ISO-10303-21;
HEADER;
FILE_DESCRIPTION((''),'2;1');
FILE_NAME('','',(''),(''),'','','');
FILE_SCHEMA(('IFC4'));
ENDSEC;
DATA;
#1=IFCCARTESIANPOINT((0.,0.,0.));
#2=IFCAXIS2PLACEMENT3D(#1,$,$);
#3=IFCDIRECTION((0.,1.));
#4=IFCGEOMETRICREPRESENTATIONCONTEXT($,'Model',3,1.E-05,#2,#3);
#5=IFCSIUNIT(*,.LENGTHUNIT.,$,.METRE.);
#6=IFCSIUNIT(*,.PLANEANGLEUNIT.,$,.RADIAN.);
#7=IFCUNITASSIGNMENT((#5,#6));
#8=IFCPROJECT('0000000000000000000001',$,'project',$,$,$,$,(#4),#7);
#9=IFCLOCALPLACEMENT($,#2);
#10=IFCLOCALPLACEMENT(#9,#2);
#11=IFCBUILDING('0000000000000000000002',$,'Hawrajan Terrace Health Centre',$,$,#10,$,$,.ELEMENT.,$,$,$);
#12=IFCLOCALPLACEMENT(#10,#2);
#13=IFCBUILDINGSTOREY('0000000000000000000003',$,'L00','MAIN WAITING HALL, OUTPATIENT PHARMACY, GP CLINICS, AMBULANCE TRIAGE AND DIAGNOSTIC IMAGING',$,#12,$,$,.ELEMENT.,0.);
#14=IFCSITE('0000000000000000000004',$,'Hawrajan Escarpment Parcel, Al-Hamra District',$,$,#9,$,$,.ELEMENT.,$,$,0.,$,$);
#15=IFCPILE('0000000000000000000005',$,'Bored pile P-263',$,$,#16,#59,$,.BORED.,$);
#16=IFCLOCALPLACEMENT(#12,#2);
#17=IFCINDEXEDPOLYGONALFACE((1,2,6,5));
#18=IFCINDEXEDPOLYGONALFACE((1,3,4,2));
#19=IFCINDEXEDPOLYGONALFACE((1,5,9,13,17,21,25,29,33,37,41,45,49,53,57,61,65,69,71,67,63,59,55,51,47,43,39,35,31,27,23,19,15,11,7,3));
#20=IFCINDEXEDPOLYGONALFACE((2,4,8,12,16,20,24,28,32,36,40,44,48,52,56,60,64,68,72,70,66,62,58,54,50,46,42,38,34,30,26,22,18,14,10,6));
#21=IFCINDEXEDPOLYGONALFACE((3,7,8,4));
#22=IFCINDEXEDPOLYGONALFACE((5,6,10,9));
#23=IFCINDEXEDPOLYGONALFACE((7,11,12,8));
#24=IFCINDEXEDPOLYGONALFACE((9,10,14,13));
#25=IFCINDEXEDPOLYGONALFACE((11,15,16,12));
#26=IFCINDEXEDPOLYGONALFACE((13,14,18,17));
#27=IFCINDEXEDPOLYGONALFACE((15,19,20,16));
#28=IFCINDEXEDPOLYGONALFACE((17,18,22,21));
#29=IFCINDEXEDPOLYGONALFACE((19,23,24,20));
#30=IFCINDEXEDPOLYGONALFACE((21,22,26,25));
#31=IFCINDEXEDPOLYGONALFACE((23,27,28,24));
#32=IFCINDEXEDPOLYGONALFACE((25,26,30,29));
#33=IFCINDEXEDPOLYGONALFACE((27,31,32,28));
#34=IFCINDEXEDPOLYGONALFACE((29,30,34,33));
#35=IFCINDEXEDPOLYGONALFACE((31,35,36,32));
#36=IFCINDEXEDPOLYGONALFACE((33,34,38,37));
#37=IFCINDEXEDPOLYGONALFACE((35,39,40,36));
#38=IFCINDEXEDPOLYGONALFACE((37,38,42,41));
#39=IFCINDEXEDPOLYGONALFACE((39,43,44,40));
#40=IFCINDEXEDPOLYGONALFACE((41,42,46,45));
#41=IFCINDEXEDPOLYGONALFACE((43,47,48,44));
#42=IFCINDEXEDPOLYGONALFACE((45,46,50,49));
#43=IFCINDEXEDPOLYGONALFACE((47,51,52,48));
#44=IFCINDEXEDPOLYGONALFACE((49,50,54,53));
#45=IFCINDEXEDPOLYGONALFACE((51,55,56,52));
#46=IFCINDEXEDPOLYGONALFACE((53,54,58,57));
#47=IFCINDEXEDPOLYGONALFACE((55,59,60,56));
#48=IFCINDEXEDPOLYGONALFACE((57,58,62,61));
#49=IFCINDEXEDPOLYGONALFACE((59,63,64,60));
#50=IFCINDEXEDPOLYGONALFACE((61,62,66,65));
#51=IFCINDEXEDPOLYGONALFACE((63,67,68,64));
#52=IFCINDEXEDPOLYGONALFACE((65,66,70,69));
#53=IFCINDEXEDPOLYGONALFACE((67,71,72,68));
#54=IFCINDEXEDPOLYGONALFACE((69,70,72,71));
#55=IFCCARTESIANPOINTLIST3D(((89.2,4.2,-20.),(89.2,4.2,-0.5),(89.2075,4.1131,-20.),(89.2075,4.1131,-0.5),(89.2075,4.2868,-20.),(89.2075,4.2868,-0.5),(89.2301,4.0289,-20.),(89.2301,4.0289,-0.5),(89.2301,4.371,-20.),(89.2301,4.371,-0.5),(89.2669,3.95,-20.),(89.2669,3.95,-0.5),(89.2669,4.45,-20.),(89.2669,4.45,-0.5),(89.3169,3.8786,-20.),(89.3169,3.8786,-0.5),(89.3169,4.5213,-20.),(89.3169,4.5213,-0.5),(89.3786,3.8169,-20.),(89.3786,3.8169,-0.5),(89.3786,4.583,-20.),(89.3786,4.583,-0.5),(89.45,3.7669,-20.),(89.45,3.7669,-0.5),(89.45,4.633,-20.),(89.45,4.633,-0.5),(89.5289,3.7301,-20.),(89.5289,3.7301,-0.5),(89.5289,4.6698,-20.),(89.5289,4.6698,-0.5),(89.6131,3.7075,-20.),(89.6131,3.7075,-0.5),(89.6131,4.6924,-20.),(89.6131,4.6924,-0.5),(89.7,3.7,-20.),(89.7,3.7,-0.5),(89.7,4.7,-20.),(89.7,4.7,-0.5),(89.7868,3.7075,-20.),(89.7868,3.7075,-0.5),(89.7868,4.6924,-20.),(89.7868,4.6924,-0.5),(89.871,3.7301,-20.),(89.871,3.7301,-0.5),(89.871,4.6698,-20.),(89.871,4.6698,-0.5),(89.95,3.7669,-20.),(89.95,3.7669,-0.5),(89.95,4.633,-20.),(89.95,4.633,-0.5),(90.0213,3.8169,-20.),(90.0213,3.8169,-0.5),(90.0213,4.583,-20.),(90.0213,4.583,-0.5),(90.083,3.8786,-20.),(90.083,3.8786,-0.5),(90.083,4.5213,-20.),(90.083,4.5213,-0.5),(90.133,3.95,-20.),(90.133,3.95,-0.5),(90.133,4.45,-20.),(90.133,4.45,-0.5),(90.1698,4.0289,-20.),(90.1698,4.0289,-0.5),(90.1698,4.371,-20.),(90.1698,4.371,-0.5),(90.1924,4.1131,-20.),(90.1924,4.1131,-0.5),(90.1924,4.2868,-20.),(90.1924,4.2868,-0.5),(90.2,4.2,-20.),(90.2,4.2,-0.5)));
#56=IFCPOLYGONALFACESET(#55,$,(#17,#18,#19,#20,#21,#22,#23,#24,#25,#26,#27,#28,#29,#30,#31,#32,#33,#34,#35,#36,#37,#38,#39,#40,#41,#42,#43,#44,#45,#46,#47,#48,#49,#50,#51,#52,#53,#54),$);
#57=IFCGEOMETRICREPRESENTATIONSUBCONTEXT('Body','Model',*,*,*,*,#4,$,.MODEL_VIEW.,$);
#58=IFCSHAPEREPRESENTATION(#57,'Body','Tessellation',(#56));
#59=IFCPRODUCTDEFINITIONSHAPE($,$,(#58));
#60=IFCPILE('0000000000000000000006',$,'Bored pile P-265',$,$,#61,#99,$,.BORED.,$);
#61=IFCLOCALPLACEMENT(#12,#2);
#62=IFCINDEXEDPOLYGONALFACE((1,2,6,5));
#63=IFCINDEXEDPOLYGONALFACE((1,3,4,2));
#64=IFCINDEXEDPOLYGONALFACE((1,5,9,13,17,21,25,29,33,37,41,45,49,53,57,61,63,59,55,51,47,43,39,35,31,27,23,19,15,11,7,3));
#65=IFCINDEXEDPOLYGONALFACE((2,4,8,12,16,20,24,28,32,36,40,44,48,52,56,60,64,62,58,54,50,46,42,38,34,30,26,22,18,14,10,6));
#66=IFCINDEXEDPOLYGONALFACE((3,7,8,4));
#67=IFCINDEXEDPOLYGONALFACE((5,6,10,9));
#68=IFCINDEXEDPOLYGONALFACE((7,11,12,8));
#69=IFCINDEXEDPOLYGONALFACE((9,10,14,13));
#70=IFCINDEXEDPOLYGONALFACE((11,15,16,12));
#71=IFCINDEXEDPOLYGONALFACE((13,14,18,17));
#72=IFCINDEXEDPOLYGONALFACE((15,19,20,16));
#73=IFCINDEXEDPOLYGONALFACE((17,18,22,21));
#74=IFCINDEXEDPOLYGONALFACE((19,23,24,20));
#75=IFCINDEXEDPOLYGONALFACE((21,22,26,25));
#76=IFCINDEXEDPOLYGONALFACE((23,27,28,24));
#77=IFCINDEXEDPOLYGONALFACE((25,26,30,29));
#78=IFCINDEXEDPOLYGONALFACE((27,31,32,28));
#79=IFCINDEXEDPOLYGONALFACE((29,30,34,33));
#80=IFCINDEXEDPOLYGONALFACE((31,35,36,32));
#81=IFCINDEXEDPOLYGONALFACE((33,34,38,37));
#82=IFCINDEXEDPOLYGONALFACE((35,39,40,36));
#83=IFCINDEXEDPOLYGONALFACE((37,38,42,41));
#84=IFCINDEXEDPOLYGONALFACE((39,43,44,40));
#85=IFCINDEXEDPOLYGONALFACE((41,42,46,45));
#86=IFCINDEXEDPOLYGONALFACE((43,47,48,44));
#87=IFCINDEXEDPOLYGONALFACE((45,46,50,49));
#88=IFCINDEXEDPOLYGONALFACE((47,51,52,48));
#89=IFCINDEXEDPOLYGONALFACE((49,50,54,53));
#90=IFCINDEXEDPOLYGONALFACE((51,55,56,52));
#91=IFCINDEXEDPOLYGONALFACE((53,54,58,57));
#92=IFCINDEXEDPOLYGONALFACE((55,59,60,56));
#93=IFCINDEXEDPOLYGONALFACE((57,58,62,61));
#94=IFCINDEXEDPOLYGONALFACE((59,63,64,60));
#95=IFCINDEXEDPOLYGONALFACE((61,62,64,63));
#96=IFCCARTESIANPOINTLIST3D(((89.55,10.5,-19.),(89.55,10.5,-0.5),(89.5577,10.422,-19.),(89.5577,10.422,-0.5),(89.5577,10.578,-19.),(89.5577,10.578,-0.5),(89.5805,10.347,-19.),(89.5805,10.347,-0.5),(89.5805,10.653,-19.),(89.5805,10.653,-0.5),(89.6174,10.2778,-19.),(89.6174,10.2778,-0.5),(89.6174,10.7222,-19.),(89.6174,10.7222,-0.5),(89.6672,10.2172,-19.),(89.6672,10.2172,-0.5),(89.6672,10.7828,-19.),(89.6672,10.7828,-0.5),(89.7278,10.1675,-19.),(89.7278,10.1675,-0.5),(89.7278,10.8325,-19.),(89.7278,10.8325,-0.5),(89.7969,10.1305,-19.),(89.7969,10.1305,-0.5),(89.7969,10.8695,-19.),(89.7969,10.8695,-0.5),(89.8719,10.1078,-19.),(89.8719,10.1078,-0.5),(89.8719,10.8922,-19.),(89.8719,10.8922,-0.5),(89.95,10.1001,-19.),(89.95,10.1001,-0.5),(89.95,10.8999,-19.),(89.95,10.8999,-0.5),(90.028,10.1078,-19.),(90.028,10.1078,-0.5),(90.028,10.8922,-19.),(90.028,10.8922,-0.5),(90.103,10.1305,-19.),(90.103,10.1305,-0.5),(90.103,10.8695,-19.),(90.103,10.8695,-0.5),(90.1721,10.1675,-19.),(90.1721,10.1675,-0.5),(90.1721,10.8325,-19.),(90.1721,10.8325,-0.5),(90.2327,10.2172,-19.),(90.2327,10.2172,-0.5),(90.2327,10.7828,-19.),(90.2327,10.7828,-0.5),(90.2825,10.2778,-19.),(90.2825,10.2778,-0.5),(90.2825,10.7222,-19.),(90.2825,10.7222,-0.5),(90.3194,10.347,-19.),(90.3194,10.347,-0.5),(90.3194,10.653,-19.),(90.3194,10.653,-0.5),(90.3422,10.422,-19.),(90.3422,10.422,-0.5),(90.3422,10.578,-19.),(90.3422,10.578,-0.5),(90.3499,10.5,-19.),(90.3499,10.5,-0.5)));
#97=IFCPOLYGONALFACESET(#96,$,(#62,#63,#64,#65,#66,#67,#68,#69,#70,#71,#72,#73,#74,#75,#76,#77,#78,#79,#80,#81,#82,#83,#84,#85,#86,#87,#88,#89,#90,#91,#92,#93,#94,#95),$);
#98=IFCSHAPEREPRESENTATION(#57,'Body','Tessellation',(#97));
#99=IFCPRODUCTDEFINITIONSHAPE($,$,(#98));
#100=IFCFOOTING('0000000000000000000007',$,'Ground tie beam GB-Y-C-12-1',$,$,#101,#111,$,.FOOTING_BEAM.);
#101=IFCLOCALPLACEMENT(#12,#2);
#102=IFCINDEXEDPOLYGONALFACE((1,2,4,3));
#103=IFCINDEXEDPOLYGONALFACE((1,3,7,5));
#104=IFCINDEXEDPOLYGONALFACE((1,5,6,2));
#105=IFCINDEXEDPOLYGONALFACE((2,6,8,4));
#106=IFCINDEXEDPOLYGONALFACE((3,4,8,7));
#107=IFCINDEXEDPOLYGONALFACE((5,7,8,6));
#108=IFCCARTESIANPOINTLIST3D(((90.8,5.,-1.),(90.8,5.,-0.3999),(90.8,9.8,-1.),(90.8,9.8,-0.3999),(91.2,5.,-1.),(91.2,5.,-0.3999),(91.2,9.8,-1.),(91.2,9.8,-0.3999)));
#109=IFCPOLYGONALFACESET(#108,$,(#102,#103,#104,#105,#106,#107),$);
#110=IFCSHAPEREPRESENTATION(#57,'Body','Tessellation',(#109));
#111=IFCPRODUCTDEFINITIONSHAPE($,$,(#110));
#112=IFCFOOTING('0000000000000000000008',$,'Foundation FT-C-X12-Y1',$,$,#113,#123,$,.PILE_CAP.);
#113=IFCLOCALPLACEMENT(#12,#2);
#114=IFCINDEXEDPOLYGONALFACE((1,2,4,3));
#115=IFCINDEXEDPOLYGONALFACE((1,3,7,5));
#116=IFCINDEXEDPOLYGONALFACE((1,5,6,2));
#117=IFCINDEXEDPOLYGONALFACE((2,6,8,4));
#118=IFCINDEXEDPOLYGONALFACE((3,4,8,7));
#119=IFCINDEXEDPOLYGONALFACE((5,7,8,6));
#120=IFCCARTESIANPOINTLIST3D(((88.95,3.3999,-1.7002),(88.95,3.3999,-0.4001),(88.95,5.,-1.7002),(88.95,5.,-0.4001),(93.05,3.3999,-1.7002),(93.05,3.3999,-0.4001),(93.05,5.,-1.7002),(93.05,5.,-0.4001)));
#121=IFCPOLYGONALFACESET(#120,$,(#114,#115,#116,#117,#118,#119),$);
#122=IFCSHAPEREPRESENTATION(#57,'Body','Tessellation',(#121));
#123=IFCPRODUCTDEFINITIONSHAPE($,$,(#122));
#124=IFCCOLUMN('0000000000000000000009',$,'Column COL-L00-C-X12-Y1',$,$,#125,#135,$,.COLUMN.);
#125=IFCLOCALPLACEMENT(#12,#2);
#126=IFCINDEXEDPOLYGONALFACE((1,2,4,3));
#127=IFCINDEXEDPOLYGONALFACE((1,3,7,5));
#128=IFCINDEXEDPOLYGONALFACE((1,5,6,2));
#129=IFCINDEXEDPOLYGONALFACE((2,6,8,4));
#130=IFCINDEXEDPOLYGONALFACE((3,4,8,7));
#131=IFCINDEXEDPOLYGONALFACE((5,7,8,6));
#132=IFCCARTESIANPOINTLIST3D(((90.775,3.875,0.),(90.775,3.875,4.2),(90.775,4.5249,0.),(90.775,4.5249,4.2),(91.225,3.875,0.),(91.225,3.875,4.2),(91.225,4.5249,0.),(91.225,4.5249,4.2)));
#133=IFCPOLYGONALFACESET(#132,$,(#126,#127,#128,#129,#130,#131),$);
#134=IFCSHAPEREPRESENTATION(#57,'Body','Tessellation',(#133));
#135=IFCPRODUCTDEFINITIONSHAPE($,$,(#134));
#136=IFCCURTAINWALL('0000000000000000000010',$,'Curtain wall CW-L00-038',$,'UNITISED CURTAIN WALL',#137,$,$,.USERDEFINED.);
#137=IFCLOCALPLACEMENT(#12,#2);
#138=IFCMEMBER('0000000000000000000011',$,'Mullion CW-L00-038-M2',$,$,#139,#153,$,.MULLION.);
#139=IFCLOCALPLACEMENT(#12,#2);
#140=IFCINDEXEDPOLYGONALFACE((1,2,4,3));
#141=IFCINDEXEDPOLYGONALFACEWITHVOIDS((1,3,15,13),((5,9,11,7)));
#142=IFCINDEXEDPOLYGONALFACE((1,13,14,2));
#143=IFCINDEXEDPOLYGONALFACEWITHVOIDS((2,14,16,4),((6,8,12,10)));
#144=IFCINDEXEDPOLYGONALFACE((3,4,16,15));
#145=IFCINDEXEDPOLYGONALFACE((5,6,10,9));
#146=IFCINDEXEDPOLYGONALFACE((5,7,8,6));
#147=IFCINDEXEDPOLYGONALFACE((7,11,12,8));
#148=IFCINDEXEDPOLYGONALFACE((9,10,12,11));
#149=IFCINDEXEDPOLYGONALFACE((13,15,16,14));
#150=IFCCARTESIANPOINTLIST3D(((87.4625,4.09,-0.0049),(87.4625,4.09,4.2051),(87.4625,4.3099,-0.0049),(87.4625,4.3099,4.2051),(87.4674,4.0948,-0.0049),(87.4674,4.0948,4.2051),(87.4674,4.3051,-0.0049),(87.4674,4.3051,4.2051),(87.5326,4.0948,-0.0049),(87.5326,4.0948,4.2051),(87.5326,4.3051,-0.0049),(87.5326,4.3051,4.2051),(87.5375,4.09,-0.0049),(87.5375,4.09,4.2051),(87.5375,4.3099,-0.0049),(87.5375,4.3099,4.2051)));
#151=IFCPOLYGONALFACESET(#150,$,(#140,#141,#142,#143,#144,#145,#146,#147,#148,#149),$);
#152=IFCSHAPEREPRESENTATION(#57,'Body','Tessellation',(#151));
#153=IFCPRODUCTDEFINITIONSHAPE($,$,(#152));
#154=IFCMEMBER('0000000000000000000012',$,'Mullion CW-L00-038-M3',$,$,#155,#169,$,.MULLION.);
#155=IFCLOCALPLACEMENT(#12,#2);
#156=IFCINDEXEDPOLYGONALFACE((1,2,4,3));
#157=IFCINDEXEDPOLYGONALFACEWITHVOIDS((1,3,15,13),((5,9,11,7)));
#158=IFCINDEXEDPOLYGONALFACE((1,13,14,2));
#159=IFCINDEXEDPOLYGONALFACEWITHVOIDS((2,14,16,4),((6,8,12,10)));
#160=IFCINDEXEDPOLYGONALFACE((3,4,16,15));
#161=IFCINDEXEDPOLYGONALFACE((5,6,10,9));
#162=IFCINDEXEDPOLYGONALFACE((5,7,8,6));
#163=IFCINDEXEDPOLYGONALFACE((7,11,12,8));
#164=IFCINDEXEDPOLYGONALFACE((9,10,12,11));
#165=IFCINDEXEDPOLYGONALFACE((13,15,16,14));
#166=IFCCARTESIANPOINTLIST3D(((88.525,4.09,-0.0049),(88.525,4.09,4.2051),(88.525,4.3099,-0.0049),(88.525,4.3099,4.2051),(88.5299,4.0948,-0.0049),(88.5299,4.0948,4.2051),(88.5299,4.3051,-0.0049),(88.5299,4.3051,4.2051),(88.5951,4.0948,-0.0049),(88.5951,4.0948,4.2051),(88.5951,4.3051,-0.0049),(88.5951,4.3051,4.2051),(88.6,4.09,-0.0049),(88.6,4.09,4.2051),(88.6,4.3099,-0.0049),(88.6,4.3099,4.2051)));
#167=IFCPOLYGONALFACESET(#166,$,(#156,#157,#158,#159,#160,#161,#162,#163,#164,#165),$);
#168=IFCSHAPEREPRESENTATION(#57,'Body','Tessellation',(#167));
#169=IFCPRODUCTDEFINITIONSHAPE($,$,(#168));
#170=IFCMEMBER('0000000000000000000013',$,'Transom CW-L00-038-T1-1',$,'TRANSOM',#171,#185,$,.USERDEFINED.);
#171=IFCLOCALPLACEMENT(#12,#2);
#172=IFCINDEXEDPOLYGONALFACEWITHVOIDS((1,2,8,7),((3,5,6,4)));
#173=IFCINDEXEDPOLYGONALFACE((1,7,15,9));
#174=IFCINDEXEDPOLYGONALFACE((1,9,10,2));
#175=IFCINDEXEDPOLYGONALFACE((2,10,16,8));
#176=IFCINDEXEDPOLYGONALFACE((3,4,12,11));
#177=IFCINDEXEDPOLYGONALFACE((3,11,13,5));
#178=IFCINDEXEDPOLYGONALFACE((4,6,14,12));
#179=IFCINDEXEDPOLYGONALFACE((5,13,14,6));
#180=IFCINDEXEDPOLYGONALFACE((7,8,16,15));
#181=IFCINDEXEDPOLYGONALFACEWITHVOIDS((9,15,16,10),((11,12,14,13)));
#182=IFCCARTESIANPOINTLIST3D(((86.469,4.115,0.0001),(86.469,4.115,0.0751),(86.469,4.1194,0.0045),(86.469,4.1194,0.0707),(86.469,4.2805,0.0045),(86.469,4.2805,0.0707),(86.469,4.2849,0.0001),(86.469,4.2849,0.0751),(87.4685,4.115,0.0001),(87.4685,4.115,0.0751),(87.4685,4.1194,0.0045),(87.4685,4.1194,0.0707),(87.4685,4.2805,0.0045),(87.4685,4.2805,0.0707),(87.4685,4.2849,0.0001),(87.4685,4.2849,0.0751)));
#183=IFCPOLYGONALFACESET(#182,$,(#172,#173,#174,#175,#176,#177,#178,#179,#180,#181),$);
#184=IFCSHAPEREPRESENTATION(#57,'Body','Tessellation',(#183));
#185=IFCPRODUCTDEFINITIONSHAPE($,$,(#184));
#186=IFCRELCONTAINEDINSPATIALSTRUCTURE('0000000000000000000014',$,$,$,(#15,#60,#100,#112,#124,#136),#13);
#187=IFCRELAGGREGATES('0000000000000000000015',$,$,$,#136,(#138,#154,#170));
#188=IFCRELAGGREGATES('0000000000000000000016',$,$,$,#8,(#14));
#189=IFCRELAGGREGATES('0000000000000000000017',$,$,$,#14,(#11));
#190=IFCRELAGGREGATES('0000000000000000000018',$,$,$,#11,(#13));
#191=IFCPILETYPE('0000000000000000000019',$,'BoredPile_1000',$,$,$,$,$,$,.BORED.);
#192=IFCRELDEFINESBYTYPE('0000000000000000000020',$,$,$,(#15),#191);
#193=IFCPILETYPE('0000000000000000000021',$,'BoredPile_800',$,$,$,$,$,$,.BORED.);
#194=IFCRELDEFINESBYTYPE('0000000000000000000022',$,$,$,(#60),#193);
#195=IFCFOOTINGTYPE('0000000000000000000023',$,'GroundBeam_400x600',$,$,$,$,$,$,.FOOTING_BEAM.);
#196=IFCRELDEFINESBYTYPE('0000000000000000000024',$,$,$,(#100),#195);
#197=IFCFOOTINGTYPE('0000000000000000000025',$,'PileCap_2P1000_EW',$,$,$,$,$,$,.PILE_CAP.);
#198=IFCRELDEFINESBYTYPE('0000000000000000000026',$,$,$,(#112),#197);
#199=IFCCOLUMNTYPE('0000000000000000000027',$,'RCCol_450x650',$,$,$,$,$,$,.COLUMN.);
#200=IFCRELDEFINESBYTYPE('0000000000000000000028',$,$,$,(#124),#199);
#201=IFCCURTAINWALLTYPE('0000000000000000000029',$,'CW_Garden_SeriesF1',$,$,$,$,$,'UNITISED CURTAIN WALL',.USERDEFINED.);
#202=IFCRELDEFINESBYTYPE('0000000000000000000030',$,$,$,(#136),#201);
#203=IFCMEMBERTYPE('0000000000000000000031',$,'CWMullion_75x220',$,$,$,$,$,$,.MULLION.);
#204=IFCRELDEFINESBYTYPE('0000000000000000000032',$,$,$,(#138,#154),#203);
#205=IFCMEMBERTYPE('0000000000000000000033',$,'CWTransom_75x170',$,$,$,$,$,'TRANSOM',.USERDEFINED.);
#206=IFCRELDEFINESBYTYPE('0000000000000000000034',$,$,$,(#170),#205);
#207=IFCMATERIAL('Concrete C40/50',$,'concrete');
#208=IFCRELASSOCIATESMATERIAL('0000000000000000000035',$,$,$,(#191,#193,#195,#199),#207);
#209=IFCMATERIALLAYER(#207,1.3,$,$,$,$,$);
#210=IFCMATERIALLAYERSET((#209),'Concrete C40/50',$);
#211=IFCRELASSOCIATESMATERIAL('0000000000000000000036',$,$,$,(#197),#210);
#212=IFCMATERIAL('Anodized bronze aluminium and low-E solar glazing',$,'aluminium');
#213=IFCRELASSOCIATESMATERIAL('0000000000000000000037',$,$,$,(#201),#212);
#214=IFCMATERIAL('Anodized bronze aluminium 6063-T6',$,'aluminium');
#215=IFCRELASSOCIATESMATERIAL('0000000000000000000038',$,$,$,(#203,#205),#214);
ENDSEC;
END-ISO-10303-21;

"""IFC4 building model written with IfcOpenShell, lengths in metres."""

from ifc_helpers import new_model, si_unit, direction, frame, origin, origin_2d, place, context, subcontext, project, spatial, rectangle, hollow_rectangle, circle, extrude, material, layer, layer_set, material_profile, profile_set, type_object, element, aggregate, save


model = new_model("IFC4")

# Units and contexts
model_context = context("Model", 3, precision=1e-05, world=origin(), true_north=direction((0.0, 1.0)))
body_context = subcontext(model_context, "Body", "Model", "MODEL_VIEW")
ifc_project = project(units=[si_unit("LENGTHUNIT", "METRE"), si_unit("PLANEANGLEUNIT", "RADIAN")], contexts=[model_context])

# Site, building, storey
site_placement = place(None, origin())
site = spatial("IfcSite", under=ifc_project, at=site_placement, Name="Hawrajan Escarpment Parcel, Al-Hamra District", CompositionType="ELEMENT", RefElevation=0.0)
building_placement = place(site_placement, origin())
building = spatial("IfcBuilding", under=site, at=building_placement, Name="Hawrajan Terrace Health Centre", CompositionType="ELEMENT")
storey_placement = place(building_placement, origin())
storey = spatial("IfcBuildingStorey", under=building, at=storey_placement, Name="L00", Description="MAIN WAITING HALL, OUTPATIENT PHARMACY, GP CLINICS, AMBULANCE TRIAGE AND DIAGNOSTIC IMAGING", CompositionType="ELEMENT", Elevation=0.0)

# Piles
ifc_material_1 = material(Name="Concrete C40/50", Category="concrete")
ifc_material_profile_1 = material_profile(ifc_material_1, circle(Radius=0.5, at=origin_2d()), Name="BP 1000")
ifc_profile_set_1 = profile_set([ifc_material_profile_1], Name="Concrete C40/50")
pile_type_1 = type_object("IfcPileType", Name="BoredPile_1000", PredefinedType="BORED", material=ifc_profile_set_1)
pile_1_placement = place(storey_placement, frame((89.7, 4.2, -0.5), z_axis=(0.0, 0.0, -1.0), x_axis=(1.0, 0.0, 0.0)))
element("IfcPile", 1, at=pile_1_placement, inside=storey, type_object=pile_type_1, Name="Bored pile P-263", PredefinedType="BORED", context=body_context, shape_type="SweptSolid", body=[
    extrude(circle(Radius=0.5, at=origin_2d()), origin(), (0.0, 0.0, 1.0), 19.5),
])
ifc_material_profile_2 = material_profile(ifc_material_1, circle(Radius=0.3999, at=origin_2d()), Name="BP 800")
ifc_profile_set_2 = profile_set([ifc_material_profile_2], Name="Concrete C40/50")
pile_type_2 = type_object("IfcPileType", Name="BoredPile_800", PredefinedType="BORED", material=ifc_profile_set_2)
pile_2_placement = place(storey_placement, frame((89.95, 10.5, -0.5), z_axis=(0.0, 0.0, -1.0), x_axis=(1.0, 0.0, 0.0)))
element("IfcPile", 2, at=pile_2_placement, inside=storey, type_object=pile_type_2, Name="Bored pile P-265", PredefinedType="BORED", context=body_context, shape_type="SweptSolid", body=[
    extrude(circle(Radius=0.3999, at=origin_2d()), origin(), (0.0, 0.0, 1.0), 18.5),
])

# Footings
ifc_material_profile_3 = material_profile(ifc_material_1, rectangle(XDim=0.3999, YDim=0.6001, at=origin_2d()), Name="RC BM 400x600")
ifc_profile_set_3 = profile_set([ifc_material_profile_3], Name="Concrete C40/50")
footing_type_1 = type_object("IfcFootingType", Name="GroundBeam_400x600", PredefinedType="FOOTING_BEAM", material=ifc_profile_set_3)
footing_1_placement = place(storey_placement, frame((91.0, 5.0, -0.7), z_axis=(0.0, 1.0, 0.0), x_axis=(-1.0, 0.0, 0.0)))
element("IfcFooting", 3, at=footing_1_placement, inside=storey, type_object=footing_type_1, Name="Ground tie beam GB-Y-C-12-1", PredefinedType="FOOTING_BEAM", context=body_context, shape_type="SweptSolid", body=[
    extrude(rectangle(XDim=0.3999, YDim=0.6001, at=origin_2d()), origin(), (0.0, 0.0, 1.0), 4.8),
])
ifc_layer_1 = layer(ifc_material_1, 1.3)
ifc_layer_set_1 = layer_set([ifc_layer_1], Name="Concrete C40/50")
footing_type_2 = type_object("IfcFootingType", Name="PileCap_2P1000_EW", PredefinedType="PILE_CAP", material=ifc_layer_set_1)
footing_2_placement = place(storey_placement, frame((91.0, 4.2, -1.7002), z_axis=(0.0, 0.0, 1.0), x_axis=(1.0, 0.0, 0.0)))
element("IfcFooting", 4, at=footing_2_placement, inside=storey, type_object=footing_type_2, Name="Foundation FT-C-X12-Y1", PredefinedType="PILE_CAP", context=body_context, shape_type="SweptSolid", body=[
    extrude(rectangle(XDim=4.1001, YDim=1.6001, at=origin_2d()), origin(), (0.0, 0.0, 1.0), 1.3),
])

# Column
ifc_material_profile_4 = material_profile(ifc_material_1, rectangle(XDim=0.45, YDim=0.6499, at=origin_2d()), Name="RC 450x650")
ifc_profile_set_4 = profile_set([ifc_material_profile_4], Name="Concrete C40/50")
column_type = type_object("IfcColumnType", Name="RCCol_450x650", PredefinedType="COLUMN", material=ifc_profile_set_4)
column_placement = place(storey_placement, frame((91.0, 4.2, 0.0), z_axis=(0.0, 0.0, 1.0), x_axis=(1.0, 0.0, 0.0)))
element("IfcColumn", 5, at=column_placement, inside=storey, type_object=column_type, Name="Column COL-L00-C-X12-Y1", PredefinedType="COLUMN", context=body_context, shape_type="SweptSolid", body=[
    extrude(rectangle(XDim=0.45, YDim=0.6499, at=origin_2d()), origin(), (0.0, 0.0, 1.0), 4.2),
])

# Curtain wall, members
ifc_material_2 = material(Name="Anodized bronze aluminium and low-E solar glazing", Category="aluminium")
curtain_wall_type = type_object("IfcCurtainWallType", Name="CW_Garden_SeriesF1", ElementType="UNITISED CURTAIN WALL", PredefinedType="USERDEFINED", material=ifc_material_2)
curtain_wall_placement = place(storey_placement, origin())
curtain_wall = element("IfcCurtainWall", 6, at=curtain_wall_placement, inside=storey, type_object=curtain_wall_type, Name="Curtain wall CW-L00-038", ObjectType="UNITISED CURTAIN WALL", PredefinedType="USERDEFINED")
ifc_material_3 = material(Name="Anodized bronze aluminium 6063-T6", Category="aluminium")
ifc_material_profile_5 = material_profile(ifc_material_3, hollow_rectangle(XDim=0.075, YDim=0.22, WallThickness=0.0049, at=origin_2d()), Name="CW MUL 75x220")
ifc_profile_set_5 = profile_set([ifc_material_profile_5], Name="Anodized bronze aluminium 6063-T6")
member_type_1 = type_object("IfcMemberType", Name="CWMullion_75x220", PredefinedType="MULLION", material=ifc_profile_set_5)
member_1_placement = place(storey_placement, frame((87.5, 4.2, -0.0049), z_axis=(0.0, 0.0, 1.0), x_axis=(1.0, 0.0, 0.0)))
member_1 = element("IfcMember", 7, at=member_1_placement, type_object=member_type_1, Name="Mullion CW-L00-038-M2", PredefinedType="MULLION", context=body_context, shape_type="SweptSolid", body=[
    extrude(hollow_rectangle(XDim=0.075, YDim=0.22, WallThickness=0.0049, at=origin_2d()), origin(), (0.0, 0.0, 1.0), 4.21),
])
member_2_placement = place(storey_placement, frame((88.5625, 4.2, -0.0049), z_axis=(0.0, 0.0, 1.0), x_axis=(1.0, 0.0, 0.0)))
member_2 = element("IfcMember", 8, at=member_2_placement, type_object=member_type_1, Name="Mullion CW-L00-038-M3", PredefinedType="MULLION", context=body_context, shape_type="SweptSolid", body=[
    extrude(hollow_rectangle(XDim=0.075, YDim=0.22, WallThickness=0.0049, at=origin_2d()), origin(), (0.0, 0.0, 1.0), 4.21),
])
ifc_material_profile_6 = material_profile(ifc_material_3, hollow_rectangle(XDim=0.075, YDim=0.1699, WallThickness=0.0044, at=origin_2d()), Name="CW TRN 75x170")
ifc_profile_set_6 = profile_set([ifc_material_profile_6], Name="Anodized bronze aluminium 6063-T6")
member_type_2 = type_object("IfcMemberType", Name="CWTransom_75x170", ElementType="TRANSOM", PredefinedType="USERDEFINED", material=ifc_profile_set_6)
member_3_placement = place(storey_placement, frame((86.469, 4.2, 0.0376), z_axis=(1.0, 0.0, 0.0), x_axis=(0.0, 0.0, 1.0)))
member_3 = element("IfcMember", 9, at=member_3_placement, type_object=member_type_2, Name="Transom CW-L00-038-T1-1", ObjectType="TRANSOM", PredefinedType="USERDEFINED", context=body_context, shape_type="SweptSolid", body=[
    extrude(hollow_rectangle(XDim=0.075, YDim=0.1699, WallThickness=0.0044, at=origin_2d()), origin(), (0.0, 0.0, 1.0), 0.9995),
])
aggregate(curtain_wall, [member_1, member_2, member_3])

save(model, "model.ifc")
